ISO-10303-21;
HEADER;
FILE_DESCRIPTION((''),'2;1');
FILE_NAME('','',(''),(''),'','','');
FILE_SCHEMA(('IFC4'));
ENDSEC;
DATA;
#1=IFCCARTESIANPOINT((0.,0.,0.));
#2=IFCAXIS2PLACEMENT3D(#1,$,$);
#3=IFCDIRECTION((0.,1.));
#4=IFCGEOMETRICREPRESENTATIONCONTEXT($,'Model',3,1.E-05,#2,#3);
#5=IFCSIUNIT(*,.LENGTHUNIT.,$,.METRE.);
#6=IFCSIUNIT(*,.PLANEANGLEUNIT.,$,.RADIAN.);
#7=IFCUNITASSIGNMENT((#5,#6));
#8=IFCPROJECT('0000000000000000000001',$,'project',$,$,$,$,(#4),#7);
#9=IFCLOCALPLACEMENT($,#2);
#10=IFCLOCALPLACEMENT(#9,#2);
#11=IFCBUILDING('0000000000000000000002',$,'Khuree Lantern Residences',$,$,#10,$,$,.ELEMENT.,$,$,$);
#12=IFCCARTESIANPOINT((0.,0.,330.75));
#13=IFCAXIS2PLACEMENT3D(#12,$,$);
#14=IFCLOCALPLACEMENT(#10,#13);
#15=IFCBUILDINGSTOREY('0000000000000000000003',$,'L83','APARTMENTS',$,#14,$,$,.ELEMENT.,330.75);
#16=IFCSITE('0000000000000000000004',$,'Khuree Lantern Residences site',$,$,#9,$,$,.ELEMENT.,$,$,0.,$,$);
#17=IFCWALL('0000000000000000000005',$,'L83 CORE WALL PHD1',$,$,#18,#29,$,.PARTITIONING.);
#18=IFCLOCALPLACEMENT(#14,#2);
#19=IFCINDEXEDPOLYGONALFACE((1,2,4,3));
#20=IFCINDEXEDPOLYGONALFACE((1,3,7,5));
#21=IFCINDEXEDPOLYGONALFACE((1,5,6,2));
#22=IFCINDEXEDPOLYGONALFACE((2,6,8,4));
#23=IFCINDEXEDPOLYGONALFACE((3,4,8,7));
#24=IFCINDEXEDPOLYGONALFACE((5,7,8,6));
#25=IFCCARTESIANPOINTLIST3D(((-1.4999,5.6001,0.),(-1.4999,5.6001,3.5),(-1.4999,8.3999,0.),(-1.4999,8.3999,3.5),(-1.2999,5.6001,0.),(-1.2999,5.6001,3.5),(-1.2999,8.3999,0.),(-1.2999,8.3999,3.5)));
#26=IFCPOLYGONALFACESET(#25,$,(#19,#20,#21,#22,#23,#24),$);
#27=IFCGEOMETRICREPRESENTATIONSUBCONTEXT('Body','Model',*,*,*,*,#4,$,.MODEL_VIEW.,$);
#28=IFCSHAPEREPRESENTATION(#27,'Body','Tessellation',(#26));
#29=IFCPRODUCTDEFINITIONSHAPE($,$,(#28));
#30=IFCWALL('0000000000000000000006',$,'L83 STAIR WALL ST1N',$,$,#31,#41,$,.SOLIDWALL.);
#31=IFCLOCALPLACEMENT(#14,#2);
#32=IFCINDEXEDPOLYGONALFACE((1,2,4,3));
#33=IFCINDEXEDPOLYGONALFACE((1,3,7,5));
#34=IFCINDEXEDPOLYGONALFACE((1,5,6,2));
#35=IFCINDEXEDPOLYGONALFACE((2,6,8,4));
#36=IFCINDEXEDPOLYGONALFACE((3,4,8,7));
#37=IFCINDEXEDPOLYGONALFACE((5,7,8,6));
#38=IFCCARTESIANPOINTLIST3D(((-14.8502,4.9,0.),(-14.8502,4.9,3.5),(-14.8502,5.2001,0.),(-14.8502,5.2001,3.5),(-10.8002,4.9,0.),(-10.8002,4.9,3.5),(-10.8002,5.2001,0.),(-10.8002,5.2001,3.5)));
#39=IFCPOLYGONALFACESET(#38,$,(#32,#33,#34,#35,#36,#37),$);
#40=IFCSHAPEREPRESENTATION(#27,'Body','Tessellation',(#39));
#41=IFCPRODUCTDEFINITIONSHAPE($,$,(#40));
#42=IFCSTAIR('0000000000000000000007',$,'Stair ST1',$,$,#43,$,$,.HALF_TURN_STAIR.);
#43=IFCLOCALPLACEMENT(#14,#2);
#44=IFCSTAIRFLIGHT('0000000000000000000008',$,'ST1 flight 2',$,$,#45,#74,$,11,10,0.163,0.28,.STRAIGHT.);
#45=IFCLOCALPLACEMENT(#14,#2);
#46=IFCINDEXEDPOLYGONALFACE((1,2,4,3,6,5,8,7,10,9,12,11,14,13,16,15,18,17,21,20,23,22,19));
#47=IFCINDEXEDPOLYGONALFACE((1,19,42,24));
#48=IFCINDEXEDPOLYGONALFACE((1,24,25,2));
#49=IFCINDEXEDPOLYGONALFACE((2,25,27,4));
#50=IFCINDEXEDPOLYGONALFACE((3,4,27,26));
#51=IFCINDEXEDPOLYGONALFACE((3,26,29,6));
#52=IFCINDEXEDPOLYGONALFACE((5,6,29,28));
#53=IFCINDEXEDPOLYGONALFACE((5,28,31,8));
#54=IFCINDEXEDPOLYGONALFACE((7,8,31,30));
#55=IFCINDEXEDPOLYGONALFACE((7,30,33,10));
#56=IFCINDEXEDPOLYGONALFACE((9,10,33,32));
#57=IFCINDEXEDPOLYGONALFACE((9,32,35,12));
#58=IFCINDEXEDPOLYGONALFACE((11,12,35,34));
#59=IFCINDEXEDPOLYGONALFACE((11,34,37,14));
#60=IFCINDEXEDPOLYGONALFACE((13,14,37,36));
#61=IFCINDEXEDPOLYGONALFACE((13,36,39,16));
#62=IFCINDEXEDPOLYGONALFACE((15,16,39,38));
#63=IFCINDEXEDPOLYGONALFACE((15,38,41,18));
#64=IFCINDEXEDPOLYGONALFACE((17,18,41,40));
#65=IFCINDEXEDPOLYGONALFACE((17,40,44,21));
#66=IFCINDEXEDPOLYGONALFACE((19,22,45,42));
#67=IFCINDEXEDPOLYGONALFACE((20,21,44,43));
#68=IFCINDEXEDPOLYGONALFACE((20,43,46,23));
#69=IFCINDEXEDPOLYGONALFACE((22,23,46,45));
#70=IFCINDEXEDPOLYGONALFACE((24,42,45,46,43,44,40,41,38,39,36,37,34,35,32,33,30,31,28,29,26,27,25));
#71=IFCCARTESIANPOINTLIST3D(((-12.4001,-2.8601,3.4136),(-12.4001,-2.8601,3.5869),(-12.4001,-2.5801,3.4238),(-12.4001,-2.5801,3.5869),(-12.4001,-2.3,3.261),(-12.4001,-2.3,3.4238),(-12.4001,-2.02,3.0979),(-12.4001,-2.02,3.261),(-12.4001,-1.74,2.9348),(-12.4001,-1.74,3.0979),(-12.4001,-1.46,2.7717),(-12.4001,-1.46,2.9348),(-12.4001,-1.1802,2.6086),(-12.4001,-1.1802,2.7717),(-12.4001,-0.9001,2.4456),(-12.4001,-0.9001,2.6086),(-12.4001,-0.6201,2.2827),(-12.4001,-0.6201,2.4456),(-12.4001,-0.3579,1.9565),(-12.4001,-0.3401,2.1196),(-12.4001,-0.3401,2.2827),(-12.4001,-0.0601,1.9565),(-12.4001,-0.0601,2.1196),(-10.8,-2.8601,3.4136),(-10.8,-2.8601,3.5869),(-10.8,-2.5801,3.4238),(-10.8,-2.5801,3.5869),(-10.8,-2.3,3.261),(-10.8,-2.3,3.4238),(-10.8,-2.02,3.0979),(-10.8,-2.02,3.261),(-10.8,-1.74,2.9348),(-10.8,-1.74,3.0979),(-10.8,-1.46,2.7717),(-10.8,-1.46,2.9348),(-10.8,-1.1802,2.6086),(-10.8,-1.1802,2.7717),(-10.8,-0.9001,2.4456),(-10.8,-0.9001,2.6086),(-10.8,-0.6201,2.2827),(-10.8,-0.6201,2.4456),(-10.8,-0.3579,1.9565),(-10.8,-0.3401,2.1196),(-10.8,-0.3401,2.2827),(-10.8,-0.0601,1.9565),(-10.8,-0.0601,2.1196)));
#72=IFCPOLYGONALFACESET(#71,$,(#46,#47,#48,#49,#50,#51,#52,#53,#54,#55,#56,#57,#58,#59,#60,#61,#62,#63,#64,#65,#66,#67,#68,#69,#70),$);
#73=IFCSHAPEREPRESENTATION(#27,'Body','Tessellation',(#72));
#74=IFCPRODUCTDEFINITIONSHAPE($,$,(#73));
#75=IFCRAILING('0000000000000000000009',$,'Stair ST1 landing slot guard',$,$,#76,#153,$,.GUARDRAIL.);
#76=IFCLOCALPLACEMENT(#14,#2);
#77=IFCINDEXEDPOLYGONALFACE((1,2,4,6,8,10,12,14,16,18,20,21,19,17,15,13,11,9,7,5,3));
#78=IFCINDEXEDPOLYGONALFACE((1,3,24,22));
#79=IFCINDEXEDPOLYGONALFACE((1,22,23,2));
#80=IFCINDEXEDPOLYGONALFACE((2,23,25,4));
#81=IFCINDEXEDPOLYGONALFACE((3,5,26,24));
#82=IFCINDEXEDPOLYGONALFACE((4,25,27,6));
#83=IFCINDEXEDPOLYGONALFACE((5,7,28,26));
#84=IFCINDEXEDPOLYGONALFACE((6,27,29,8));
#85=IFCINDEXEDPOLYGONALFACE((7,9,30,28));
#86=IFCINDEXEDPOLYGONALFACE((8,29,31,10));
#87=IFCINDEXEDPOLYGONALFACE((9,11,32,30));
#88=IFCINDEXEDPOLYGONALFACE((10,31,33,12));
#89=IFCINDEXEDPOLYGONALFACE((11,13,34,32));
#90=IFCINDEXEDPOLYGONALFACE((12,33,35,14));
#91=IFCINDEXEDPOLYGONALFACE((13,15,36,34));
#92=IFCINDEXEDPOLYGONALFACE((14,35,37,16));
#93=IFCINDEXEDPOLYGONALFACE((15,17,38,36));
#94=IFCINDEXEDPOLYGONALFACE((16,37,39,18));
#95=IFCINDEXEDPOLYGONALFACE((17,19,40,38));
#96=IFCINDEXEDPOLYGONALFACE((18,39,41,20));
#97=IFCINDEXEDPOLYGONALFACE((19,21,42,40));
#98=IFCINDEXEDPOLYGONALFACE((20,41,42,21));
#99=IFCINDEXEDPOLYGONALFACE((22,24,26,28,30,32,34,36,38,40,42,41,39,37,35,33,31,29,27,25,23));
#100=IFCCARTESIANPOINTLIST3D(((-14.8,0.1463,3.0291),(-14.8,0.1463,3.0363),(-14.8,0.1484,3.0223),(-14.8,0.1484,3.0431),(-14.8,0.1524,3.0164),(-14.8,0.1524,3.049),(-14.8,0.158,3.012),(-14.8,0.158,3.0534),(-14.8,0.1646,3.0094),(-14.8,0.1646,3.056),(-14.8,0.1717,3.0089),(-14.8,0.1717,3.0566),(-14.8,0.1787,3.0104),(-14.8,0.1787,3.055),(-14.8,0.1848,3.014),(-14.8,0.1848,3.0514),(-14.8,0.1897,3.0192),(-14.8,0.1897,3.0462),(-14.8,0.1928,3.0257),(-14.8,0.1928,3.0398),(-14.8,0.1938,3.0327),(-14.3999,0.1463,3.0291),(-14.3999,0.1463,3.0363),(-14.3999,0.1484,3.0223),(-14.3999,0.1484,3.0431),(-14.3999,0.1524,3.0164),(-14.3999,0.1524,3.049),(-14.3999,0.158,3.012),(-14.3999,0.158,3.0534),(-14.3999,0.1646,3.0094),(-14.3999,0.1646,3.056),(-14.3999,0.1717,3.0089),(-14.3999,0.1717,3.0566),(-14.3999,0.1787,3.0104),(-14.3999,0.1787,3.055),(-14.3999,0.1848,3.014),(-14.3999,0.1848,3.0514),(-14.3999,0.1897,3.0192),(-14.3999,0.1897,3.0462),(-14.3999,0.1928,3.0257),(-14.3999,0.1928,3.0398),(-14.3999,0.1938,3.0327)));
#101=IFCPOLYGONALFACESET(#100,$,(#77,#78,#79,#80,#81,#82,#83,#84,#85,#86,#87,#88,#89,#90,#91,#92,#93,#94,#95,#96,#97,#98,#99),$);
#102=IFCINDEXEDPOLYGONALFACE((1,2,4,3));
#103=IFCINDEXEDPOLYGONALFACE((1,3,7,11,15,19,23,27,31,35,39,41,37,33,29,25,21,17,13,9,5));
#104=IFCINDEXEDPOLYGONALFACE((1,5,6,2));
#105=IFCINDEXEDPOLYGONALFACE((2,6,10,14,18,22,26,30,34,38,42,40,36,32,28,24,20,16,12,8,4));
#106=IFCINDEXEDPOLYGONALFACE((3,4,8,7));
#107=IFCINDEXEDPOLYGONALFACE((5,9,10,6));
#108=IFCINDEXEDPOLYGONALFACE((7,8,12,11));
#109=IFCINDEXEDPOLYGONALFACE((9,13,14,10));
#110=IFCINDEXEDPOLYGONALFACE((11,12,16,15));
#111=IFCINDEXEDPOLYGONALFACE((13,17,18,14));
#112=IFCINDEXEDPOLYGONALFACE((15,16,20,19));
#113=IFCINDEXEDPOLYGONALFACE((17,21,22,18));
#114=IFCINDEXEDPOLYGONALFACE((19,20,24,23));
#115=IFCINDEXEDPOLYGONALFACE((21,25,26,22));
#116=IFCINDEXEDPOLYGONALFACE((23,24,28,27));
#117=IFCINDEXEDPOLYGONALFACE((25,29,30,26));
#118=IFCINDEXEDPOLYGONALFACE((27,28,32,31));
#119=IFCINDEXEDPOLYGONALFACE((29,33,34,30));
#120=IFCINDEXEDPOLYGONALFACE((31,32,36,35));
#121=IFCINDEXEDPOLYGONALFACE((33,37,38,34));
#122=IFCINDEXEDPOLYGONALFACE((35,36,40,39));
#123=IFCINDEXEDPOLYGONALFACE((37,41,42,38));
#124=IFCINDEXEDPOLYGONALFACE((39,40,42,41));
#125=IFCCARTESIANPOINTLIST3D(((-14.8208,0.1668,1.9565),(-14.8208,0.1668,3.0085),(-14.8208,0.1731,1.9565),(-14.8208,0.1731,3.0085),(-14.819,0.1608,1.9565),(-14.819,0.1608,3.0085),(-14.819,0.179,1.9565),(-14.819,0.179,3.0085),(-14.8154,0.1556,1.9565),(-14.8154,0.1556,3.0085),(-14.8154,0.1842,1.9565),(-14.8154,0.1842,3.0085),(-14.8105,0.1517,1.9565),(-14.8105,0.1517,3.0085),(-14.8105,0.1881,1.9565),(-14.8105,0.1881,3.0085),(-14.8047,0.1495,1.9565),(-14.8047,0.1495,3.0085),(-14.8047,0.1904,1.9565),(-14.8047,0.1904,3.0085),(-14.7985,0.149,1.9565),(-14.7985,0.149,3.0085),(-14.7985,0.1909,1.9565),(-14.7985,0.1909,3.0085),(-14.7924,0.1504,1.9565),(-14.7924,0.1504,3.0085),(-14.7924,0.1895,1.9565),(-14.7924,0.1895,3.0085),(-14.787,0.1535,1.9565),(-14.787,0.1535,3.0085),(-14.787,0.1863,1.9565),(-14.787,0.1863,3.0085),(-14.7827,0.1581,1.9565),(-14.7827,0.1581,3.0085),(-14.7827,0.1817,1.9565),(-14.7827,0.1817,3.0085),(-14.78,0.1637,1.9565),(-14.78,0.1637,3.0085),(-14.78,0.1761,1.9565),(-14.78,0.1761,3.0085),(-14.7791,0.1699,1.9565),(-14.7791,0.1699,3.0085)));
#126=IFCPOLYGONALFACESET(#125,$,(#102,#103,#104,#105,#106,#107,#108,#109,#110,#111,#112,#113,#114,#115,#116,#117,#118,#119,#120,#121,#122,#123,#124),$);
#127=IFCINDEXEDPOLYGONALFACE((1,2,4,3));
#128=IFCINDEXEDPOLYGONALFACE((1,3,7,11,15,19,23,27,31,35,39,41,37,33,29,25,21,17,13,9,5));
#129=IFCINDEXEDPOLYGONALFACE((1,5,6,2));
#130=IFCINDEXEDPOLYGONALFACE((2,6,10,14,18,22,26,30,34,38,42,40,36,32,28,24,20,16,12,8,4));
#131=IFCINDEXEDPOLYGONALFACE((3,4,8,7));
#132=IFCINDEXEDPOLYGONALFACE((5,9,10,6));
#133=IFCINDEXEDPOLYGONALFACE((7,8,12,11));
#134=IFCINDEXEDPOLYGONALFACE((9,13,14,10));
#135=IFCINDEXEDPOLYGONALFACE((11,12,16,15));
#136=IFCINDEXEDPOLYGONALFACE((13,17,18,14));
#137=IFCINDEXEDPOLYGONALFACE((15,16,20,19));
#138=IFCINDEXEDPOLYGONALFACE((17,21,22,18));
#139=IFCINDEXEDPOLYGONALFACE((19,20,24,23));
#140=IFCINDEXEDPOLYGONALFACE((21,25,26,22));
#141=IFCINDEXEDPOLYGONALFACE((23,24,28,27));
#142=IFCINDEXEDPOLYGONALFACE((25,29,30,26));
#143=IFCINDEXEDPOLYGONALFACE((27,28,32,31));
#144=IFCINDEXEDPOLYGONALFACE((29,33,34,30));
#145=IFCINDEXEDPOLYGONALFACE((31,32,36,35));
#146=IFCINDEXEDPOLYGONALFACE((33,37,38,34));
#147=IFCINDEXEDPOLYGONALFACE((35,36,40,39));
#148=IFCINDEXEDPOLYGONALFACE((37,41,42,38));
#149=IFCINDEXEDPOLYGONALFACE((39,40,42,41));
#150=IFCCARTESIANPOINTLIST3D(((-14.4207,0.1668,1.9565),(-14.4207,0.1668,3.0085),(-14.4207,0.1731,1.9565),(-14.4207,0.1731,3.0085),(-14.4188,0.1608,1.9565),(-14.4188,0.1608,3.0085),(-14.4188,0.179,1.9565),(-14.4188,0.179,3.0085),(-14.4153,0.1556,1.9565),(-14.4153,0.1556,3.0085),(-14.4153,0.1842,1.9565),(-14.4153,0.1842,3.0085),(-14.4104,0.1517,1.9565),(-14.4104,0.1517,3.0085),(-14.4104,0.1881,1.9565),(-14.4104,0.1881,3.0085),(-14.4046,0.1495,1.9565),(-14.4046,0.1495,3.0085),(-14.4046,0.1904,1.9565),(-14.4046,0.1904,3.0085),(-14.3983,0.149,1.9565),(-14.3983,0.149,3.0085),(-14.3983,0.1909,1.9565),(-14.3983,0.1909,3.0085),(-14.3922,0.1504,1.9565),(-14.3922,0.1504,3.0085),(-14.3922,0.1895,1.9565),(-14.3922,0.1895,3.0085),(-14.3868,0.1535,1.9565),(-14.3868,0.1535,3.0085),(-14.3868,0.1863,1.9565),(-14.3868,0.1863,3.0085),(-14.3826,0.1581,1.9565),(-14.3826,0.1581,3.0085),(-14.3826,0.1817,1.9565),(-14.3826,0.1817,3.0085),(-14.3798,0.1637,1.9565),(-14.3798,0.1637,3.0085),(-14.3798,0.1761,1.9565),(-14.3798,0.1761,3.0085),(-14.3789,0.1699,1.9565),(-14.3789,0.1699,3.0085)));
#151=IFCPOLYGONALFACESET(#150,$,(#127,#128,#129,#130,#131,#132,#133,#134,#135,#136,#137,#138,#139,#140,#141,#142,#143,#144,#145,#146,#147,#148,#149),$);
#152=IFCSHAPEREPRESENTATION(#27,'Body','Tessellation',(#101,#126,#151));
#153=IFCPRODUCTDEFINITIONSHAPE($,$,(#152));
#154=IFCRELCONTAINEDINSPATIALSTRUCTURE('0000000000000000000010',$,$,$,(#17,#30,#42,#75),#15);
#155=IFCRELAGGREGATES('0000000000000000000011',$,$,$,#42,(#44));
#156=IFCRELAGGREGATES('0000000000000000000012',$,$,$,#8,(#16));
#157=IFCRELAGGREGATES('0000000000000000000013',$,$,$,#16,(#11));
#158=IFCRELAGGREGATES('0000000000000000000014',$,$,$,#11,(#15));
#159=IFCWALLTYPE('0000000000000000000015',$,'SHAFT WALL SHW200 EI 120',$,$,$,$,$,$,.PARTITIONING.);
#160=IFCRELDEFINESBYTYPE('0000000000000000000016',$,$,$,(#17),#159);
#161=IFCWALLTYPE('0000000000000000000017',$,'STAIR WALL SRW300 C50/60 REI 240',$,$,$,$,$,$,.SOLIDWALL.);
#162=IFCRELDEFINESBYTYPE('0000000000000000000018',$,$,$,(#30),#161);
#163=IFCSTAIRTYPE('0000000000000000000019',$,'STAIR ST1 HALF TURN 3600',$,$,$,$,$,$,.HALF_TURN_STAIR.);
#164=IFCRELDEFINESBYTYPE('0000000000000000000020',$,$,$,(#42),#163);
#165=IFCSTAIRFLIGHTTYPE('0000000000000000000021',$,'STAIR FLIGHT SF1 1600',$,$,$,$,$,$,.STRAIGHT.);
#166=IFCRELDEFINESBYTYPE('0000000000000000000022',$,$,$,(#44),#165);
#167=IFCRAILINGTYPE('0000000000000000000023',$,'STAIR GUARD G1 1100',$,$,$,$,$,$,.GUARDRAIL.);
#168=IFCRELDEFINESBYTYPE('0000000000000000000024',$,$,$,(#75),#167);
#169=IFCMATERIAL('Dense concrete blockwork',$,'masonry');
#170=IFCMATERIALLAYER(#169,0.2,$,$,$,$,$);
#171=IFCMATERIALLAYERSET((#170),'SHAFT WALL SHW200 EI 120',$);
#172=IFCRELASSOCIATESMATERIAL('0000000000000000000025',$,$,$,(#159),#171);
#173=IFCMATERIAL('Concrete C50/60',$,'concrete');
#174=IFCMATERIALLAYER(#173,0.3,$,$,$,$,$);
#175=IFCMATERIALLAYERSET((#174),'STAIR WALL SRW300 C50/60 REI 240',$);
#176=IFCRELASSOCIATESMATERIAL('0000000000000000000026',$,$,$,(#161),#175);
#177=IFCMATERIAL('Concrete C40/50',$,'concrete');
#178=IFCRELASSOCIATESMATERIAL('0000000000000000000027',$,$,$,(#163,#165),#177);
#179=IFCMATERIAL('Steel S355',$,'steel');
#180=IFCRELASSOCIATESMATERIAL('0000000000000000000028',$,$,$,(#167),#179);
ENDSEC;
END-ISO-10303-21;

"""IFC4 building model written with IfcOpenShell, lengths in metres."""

from ifc_helpers import new_model, si_unit, direction, frame, frame_2d, origin, origin_2d, place, context, subcontext, project, spatial, polyline, rectangle, circle, outline, extrude, material, layer, layer_set, type_object, element, aggregate, save


model = new_model("IFC4")

# Units and contexts
model_context = context("Model", 3, precision=1e-05, world=origin(), true_north=direction((0.0, 1.0)))
body_context = subcontext(model_context, "Body", "Model", "MODEL_VIEW")
ifc_project = project(units=[si_unit("LENGTHUNIT", "METRE"), si_unit("PLANEANGLEUNIT", "RADIAN")], contexts=[model_context])

# Site, building, storey
site_placement = place(None, origin())
site = spatial("IfcSite", under=ifc_project, at=site_placement, Name="Khuree Lantern Residences site", CompositionType="ELEMENT", RefElevation=0.0)
building_placement = place(site_placement, origin())
building = spatial("IfcBuilding", under=site, at=building_placement, Name="Khuree Lantern Residences", CompositionType="ELEMENT")
storey_placement = place(building_placement, frame((0.0, 0.0, 330.75)))
storey = spatial("IfcBuildingStorey", under=building, at=storey_placement, Name="L83", Description="APARTMENTS", CompositionType="ELEMENT", Elevation=330.75)

# Shared definitions
ifc_material_1 = material(Name="Concrete C50/60", Category="concrete")

# Shared definitions
ifc_material_2 = material(Name="Dense concrete blockwork", Category="masonry")

# Walls
ifc_layer_1 = layer(ifc_material_2, 0.2)
ifc_layer_set_1 = layer_set([ifc_layer_1], Name="SHAFT WALL SHW200 EI 120")
wall_type_1 = type_object("IfcWallType", Name="SHAFT WALL SHW200 EI 120", PredefinedType="PARTITIONING", material=ifc_layer_set_1)
wall_1_placement = place(storey_placement, frame((-1.3999, 5.6001, 0.0), z_axis=(0.0, 0.0, 1.0), x_axis=(0.0, 1.0, 0.0)))
element("IfcWall", 1, at=wall_1_placement, inside=storey, type_object=wall_type_1, Name="L83 CORE WALL PHD1", PredefinedType="PARTITIONING", context=body_context, shape_type="SweptSolid", body=[
    extrude(rectangle(XDim=2.7998, YDim=0.2, at=frame_2d((1.3999, 0.0))), origin(), (0.0, 0.0, 1.0), 3.5),
])
ifc_layer_2 = layer(ifc_material_1, 0.3)
ifc_layer_set_2 = layer_set([ifc_layer_2], Name="STAIR WALL SRW300 C50/60 REI 240")
wall_type_2 = type_object("IfcWallType", Name="STAIR WALL SRW300 C50/60 REI 240", PredefinedType="SOLIDWALL", material=ifc_layer_set_2)
wall_2_placement = place(storey_placement, frame((-14.8501, 5.05, 0.0), z_axis=(0.0, 0.0, 1.0), x_axis=(1.0, 0.0, 0.0)))
element("IfcWall", 2, at=wall_2_placement, inside=storey, type_object=wall_type_2, Name="L83 STAIR WALL ST1N", PredefinedType="SOLIDWALL", context=body_context, shape_type="SweptSolid", body=[
    extrude(rectangle(XDim=4.05, YDim=0.3, at=frame_2d((2.0249, 0.0))), origin(), (0.0, 0.0, 1.0), 3.5),
])

# Stair, stair flight
ifc_material_3 = material(Name="Concrete C40/50", Category="concrete")
stair_type = type_object("IfcStairType", Name="STAIR ST1 HALF TURN 3600", PredefinedType="HALF_TURN_STAIR", material=ifc_material_3)
stair_placement = place(storey_placement, origin())
stair = element("IfcStair", 3, at=stair_placement, inside=storey, type_object=stair_type, Name="Stair ST1", PredefinedType="HALF_TURN_STAIR")
stair_flight_type = type_object("IfcStairFlightType", Name="STAIR FLIGHT SF1 1600", PredefinedType="STRAIGHT", material=ifc_material_3)
stair_flight_placement = place(storey_placement, frame((-11.6001, -0.0601, 1.9565), z_axis=(0.0, 0.0, 1.0), x_axis=(0.0, -1.0, 0.0)))
stair_flight = element("IfcStairFlight", 4, at=stair_flight_placement, type_object=stair_flight_type, Name="ST1 flight 2", NumberOfRisers=11, NumberOfTreads=10, PredefinedType="STRAIGHT", RiserHeight=0.163, TreadLength=0.28, context=body_context, shape_type="SweptSolid", body=[
    extrude(outline(polyline([(0.0, 0.0), (0.0, 0.1631), (0.28, 0.1631), (0.28, 0.3262), (0.5601, 0.3262), (0.5601, 0.489), (0.8401, 0.489), (0.8401, 0.6521), (1.1201, 0.6521), (1.1201, 0.8152), (1.3999, 0.8152), (1.3999, 0.9783), (1.6799, 0.9783), (1.6799, 1.1414), (1.96, 1.1414), (1.96, 1.3044), (2.24, 1.3044), (2.24, 1.4673), (2.52, 1.4673), (2.52, 1.6304), (2.8, 1.6304), (2.8, 1.7935), (2.8, 1.457), (0.2979, 0.0), (0.0, 0.0)])), frame((0.0, 0.8, 0.0), z_axis=(0.0, -1.0, 0.0), x_axis=(1.0, 0.0, 0.0)), (0.0, 0.0, 1.0), 1.6001),
])
aggregate(stair, [stair_flight])

# Railing
ifc_material_4 = material(Name="Steel S355", Category="steel")
railing_type = type_object("IfcRailingType", Name="STAIR GUARD G1 1100", PredefinedType="GUARDRAIL", material=ifc_material_4)
railing_placement = place(storey_placement, frame((-14.8, 0.1699, 1.9565)))
element("IfcRailing", 5, at=railing_placement, inside=storey, type_object=railing_type, Name="Stair ST1 landing slot guard", PredefinedType="GUARDRAIL", context=body_context, shape_type="SweptSolid", body=[
    extrude(circle(Radius=0.0239, at=origin_2d()), frame((0.0, 0.0, 1.0762), z_axis=(1.0, 0.0, 0.0), x_axis=(0.0, 1.0, 0.0)), (0.0, 0.0, 1.0), 0.4001),
    extrude(circle(Radius=0.021, at=origin_2d()), origin(), (0.0, 0.0, 1.0), 1.052),
    extrude(circle(Radius=0.021, at=origin_2d()), frame((0.4001, 0.0, 0.0)), (0.0, 0.0, 1.0), 1.052),
])

save(model, "model.ifc")
